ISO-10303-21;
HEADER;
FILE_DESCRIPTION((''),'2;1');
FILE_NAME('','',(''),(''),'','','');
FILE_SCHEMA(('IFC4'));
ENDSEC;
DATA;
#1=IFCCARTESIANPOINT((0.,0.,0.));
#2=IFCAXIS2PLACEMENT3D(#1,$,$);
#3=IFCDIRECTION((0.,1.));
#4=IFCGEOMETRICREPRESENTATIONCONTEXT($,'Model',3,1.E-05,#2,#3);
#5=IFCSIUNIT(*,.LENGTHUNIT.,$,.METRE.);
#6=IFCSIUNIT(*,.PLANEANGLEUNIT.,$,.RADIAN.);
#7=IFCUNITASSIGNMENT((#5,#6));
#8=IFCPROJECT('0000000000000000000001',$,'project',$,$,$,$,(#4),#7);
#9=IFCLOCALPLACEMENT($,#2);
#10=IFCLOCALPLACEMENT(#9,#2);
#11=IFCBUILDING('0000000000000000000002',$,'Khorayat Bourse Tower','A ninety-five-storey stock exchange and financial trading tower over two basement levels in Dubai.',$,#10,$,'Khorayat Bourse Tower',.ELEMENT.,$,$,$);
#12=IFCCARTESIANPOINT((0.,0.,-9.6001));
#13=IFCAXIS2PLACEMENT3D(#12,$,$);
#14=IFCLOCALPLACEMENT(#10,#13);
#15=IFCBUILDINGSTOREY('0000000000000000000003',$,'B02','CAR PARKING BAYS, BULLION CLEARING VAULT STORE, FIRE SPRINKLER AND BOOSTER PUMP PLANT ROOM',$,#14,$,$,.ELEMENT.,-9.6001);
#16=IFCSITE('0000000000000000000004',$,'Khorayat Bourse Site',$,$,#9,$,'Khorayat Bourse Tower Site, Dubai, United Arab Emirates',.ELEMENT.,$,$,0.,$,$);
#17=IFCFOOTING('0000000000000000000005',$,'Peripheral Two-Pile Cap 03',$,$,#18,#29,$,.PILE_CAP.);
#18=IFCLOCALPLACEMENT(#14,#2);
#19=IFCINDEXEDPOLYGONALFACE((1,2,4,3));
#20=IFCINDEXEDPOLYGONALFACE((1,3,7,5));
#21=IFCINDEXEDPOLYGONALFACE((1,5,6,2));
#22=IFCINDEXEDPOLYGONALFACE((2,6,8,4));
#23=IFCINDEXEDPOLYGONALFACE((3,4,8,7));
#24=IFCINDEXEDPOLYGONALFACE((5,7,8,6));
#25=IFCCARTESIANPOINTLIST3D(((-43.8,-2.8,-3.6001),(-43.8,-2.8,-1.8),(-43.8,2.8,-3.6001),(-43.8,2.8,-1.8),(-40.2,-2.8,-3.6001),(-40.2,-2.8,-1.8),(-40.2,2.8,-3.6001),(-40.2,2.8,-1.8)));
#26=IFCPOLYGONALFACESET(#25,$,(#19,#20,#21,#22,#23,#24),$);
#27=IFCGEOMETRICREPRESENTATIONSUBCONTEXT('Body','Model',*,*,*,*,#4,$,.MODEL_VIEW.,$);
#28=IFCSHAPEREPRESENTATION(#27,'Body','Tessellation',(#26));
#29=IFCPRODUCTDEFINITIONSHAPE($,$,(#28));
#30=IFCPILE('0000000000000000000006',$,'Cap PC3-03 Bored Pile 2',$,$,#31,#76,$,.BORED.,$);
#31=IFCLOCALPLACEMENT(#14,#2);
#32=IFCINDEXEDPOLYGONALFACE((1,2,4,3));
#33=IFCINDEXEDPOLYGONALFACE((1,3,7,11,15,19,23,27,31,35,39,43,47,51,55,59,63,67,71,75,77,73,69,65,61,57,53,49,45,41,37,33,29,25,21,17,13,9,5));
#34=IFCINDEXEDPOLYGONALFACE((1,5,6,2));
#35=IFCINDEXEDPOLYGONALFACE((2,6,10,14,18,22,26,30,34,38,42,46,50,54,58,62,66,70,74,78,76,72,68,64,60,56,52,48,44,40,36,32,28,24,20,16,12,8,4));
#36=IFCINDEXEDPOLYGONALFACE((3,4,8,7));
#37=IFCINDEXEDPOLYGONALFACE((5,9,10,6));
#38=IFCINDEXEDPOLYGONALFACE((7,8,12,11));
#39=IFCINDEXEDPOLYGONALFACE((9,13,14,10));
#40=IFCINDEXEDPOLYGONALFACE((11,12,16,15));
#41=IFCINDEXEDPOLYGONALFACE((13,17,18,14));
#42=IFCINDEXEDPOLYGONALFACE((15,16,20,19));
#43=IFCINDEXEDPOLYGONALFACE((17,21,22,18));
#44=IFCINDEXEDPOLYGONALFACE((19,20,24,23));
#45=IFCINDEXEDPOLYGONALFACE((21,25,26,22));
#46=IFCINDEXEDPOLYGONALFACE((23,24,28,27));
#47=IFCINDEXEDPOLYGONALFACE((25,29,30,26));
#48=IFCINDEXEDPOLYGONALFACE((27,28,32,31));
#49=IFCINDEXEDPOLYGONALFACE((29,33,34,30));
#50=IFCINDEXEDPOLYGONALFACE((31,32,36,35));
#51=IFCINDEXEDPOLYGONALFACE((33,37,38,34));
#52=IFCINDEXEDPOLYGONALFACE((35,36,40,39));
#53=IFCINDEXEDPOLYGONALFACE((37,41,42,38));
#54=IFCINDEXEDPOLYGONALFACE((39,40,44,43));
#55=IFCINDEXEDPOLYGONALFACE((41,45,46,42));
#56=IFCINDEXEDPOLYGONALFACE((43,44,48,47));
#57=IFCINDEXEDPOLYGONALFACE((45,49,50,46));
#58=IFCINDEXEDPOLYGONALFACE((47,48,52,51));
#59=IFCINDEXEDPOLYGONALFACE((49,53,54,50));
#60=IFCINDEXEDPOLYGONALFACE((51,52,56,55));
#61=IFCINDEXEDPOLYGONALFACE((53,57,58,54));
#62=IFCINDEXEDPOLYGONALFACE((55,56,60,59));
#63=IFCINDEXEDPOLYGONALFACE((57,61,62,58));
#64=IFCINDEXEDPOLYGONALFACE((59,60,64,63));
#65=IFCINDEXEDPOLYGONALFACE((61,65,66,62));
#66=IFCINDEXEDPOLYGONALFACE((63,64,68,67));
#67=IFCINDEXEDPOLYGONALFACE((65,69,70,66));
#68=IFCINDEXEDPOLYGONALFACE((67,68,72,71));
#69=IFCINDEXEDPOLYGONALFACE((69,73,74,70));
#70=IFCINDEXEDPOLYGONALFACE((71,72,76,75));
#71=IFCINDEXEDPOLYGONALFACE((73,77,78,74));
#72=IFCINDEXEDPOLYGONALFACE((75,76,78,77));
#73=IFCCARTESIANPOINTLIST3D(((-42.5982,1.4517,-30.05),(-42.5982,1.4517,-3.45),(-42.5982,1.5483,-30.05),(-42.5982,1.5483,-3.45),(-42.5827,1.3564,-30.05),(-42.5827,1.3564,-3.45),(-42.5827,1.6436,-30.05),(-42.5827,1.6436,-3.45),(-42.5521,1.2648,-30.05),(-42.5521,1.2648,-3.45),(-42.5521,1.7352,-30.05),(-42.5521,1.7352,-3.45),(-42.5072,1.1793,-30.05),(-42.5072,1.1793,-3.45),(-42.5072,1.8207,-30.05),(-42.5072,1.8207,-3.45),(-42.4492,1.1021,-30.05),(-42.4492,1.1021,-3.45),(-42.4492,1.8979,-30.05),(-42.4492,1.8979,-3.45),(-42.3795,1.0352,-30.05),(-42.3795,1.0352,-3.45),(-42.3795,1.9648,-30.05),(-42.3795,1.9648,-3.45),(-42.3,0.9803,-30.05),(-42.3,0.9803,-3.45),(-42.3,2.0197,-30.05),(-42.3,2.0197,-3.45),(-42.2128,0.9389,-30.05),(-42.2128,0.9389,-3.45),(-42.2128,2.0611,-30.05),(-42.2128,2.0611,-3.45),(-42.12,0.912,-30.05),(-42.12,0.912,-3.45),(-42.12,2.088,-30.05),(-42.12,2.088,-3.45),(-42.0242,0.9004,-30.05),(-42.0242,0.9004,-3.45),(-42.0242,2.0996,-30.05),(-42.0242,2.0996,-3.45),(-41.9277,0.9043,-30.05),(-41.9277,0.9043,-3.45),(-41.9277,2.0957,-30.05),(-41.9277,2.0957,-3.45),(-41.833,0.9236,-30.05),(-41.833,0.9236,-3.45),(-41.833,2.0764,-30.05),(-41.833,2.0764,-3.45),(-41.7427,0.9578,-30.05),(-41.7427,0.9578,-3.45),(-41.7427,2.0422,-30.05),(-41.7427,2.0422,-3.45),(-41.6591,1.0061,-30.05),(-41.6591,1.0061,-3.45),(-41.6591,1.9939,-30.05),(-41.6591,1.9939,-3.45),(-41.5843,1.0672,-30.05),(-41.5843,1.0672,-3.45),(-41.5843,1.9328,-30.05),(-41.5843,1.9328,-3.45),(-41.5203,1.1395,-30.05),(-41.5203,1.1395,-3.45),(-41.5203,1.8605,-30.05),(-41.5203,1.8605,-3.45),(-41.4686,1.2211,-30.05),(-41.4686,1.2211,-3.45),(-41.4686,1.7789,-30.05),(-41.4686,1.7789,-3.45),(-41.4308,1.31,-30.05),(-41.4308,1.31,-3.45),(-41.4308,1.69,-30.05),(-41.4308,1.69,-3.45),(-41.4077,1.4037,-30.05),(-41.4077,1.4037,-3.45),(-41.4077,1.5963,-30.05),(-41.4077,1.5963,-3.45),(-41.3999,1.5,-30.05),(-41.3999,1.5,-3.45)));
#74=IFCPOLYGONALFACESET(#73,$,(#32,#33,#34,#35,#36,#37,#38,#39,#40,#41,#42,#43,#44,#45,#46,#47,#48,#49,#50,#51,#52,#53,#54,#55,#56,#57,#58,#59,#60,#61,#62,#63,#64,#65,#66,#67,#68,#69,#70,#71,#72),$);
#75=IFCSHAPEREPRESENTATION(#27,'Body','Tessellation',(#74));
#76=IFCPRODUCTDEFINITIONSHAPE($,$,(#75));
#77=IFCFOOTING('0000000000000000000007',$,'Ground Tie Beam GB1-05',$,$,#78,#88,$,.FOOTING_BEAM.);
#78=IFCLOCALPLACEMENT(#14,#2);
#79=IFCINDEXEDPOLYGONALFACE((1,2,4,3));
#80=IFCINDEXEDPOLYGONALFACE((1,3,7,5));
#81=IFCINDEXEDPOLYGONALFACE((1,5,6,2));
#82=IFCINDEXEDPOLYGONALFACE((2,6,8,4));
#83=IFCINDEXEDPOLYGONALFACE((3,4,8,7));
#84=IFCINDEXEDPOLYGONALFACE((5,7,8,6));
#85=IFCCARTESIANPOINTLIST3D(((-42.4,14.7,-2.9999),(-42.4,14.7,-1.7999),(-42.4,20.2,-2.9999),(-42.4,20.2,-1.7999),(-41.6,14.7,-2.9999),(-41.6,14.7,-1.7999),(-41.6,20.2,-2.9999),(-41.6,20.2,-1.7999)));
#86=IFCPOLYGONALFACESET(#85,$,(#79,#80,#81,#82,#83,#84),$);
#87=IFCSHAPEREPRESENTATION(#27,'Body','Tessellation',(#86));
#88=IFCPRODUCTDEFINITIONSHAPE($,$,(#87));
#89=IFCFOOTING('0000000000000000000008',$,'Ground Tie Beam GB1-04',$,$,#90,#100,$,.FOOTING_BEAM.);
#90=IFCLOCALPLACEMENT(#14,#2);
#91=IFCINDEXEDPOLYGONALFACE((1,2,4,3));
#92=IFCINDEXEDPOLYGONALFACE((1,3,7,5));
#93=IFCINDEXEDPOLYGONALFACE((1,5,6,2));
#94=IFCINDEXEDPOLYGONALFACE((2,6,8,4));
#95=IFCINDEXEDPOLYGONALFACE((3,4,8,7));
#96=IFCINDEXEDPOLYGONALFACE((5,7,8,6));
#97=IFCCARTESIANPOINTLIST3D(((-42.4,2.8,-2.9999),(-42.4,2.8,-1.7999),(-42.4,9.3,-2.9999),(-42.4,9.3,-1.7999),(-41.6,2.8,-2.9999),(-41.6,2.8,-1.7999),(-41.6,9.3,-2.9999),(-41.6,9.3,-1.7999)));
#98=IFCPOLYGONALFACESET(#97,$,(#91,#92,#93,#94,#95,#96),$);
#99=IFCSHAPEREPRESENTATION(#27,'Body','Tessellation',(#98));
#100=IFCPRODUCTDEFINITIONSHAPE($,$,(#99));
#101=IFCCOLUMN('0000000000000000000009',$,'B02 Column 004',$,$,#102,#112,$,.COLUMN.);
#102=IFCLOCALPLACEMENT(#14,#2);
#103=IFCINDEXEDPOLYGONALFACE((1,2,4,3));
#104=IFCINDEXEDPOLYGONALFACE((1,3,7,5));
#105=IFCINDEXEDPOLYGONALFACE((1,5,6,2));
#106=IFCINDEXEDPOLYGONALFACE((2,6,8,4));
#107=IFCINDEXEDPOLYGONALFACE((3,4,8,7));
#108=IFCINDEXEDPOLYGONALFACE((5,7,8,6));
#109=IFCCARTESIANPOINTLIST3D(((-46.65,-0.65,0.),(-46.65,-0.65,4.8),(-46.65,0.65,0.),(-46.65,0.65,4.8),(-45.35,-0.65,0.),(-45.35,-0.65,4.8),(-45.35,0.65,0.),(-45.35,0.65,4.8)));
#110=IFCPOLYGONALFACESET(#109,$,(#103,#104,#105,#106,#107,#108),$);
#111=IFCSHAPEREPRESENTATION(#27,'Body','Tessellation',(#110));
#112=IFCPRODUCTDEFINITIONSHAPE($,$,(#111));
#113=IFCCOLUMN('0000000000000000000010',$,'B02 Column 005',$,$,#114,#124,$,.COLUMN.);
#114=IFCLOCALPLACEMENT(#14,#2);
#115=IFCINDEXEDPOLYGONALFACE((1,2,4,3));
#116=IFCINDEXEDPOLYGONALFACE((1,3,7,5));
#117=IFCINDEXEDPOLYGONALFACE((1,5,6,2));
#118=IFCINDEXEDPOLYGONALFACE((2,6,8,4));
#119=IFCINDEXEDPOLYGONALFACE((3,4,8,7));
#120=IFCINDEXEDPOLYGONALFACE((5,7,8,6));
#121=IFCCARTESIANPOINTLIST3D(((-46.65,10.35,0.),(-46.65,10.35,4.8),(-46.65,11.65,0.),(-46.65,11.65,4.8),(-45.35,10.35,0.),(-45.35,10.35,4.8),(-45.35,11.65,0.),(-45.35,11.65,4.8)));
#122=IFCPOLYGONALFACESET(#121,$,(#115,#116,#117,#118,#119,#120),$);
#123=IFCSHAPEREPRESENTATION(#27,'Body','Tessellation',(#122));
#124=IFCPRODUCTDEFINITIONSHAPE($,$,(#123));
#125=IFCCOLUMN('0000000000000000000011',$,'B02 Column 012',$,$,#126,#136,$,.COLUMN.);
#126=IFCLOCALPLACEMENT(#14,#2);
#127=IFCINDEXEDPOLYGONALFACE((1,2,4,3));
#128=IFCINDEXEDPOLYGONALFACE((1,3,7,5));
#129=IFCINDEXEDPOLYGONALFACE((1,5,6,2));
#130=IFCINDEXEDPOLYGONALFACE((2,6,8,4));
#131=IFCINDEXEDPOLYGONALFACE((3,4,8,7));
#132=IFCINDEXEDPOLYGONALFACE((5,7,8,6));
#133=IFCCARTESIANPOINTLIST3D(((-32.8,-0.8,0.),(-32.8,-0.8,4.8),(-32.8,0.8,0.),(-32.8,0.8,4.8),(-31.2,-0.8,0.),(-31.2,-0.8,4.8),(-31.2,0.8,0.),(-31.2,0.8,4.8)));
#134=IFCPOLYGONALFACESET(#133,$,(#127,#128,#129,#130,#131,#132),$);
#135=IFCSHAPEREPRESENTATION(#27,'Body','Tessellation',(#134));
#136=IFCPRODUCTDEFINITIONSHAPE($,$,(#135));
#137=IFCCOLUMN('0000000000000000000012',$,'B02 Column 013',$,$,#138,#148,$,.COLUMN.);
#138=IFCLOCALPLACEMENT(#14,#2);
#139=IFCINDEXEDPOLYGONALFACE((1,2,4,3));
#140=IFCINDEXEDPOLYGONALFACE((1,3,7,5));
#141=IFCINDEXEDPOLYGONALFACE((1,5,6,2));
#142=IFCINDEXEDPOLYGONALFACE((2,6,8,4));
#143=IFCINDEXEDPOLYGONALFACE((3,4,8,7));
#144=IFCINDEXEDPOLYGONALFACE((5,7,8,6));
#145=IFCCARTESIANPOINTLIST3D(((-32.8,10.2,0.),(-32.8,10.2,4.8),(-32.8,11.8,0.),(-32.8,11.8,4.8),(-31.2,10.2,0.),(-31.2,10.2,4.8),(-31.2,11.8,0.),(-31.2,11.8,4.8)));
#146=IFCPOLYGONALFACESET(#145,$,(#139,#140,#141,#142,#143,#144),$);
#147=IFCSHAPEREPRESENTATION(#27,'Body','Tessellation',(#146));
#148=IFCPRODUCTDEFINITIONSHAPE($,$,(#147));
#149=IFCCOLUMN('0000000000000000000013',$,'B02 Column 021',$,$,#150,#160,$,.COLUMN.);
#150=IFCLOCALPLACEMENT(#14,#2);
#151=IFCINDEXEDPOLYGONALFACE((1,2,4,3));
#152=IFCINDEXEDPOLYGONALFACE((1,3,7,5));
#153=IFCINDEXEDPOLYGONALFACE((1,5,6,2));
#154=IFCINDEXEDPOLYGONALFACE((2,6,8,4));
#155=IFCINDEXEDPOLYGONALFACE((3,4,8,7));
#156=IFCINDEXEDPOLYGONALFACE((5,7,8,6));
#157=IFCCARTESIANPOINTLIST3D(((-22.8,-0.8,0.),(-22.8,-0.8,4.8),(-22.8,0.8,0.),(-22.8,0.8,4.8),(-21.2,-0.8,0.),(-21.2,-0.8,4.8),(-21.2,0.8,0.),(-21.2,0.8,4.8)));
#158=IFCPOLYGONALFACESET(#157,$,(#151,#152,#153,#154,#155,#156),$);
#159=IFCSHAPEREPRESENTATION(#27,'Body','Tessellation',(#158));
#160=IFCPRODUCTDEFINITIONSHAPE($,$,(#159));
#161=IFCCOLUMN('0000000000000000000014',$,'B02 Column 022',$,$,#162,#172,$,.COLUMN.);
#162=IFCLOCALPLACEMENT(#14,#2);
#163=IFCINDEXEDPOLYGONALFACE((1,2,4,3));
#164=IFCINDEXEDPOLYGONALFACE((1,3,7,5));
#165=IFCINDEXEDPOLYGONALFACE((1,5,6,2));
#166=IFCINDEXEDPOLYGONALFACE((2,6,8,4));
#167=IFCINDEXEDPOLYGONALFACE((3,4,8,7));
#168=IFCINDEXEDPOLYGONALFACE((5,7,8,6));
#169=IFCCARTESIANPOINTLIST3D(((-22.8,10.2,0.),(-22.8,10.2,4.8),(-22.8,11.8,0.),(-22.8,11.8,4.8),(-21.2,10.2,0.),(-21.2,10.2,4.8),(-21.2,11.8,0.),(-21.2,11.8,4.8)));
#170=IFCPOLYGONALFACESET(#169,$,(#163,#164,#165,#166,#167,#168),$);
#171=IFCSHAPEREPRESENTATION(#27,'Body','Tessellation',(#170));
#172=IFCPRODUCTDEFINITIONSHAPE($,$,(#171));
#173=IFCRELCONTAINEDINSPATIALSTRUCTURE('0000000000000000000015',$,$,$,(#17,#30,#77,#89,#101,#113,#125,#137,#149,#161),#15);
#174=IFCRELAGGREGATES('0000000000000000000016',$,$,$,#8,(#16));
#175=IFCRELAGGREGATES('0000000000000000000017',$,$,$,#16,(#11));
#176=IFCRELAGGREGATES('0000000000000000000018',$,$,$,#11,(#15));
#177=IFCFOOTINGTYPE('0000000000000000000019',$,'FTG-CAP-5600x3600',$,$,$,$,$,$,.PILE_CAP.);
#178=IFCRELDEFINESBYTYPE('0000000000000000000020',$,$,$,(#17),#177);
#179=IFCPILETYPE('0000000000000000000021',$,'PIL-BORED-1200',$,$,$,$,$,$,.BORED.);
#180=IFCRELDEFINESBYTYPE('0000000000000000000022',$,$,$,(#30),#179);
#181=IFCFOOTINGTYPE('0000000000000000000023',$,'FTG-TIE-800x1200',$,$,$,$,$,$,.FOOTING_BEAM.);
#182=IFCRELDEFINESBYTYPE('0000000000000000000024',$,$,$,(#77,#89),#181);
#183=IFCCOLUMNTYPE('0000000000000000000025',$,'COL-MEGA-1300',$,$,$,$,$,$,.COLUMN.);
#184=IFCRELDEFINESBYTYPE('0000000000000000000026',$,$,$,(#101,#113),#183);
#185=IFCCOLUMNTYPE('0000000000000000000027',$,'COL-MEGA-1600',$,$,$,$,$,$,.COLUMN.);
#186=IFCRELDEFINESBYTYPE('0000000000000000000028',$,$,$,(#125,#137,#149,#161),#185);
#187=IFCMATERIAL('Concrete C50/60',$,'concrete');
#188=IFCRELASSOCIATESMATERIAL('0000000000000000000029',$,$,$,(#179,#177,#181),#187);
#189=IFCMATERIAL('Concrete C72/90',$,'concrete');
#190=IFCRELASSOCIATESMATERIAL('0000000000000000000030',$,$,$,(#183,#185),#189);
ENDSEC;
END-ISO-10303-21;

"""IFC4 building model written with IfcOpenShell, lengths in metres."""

from ifc_helpers import new_model, si_unit, direction, frame, origin, origin_2d, place, context, subcontext, project, spatial, rectangle, circle, extrude, source, transform, mapped, material, material_profile, profile_set, type_object, element, save


model = new_model("IFC4")

# Units and contexts
model_context = context("Model", 3, precision=1e-05, world=origin(), true_north=direction((0.0, 1.0)))
body_context = subcontext(model_context, "Body", "Model", "MODEL_VIEW")
ifc_project = project(units=[si_unit("LENGTHUNIT", "METRE"), si_unit("PLANEANGLEUNIT", "RADIAN")], contexts=[model_context])

# Site, building, storey
site_placement = place(None, origin())
site = spatial("IfcSite", under=ifc_project, at=site_placement, Name="Khorayat Bourse Site", LongName="Khorayat Bourse Tower Site, Dubai, United Arab Emirates", CompositionType="ELEMENT", RefElevation=0.0)
building_placement = place(site_placement, origin())
building = spatial("IfcBuilding", under=site, at=building_placement, Name="Khorayat Bourse Tower", Description="A ninety-five-storey stock exchange and financial trading tower over two basement levels in Dubai.", LongName="Khorayat Bourse Tower", CompositionType="ELEMENT")
storey_placement = place(building_placement, frame((0.0, 0.0, -9.6001)))
storey = spatial("IfcBuildingStorey", under=building, at=storey_placement, Name="B02", Description="CAR PARKING BAYS, BULLION CLEARING VAULT STORE, FIRE SPRINKLER AND BOOSTER PUMP PLANT ROOM", CompositionType="ELEMENT", Elevation=-9.6001)

# Shared definitions
ifc_material_1 = material(Name="Concrete C50/60", Category="concrete")

# Shared definitions
ifc_material_profile_1 = material_profile(ifc_material_1, circle(Radius=0.6001, at=origin_2d()), Name="BORED PILE D1200")
ifc_profile_set_1 = profile_set([ifc_material_profile_1], Name="Concrete C50/60")
pile_type_1 = type_object("IfcPileType", Name="PIL-BORED-1200", PredefinedType="BORED", material=ifc_profile_set_1)

# Footing
footing_type_1 = type_object("IfcFootingType", Name="FTG-CAP-5600x3600", PredefinedType="PILE_CAP", material=ifc_material_1)
shared_shape_1 = source(origin(), body_context, "Body", "SweptSolid", [
    extrude(rectangle(XDim=3.6001, YDim=5.6001, at=origin_2d()), origin(), (0.0, 0.0, 1.0), 1.8),
])
footing_1_placement = place(storey_placement, frame((-42.0, 0.0, -3.6001), z_axis=(0.0, 0.0, 1.0), x_axis=(1.0, 0.0, 0.0)))
element("IfcFooting", 1, at=footing_1_placement, inside=storey, type_object=footing_type_1, Name="Peripheral Two-Pile Cap 03", PredefinedType="PILE_CAP", context=body_context, shape_type="MappedRepresentation", body=[
    mapped(shared_shape_1, transform((0.0, 0.0, 0.0), scale=1.0)),
])

# Pile
shared_shape_2 = source(origin(), body_context, "Body", "SweptSolid", [
    extrude(circle(Radius=0.6001, at=origin_2d()), origin(), (0.0, 0.0, 1.0), 26.6001),
])
pile_placement = place(storey_placement, frame((-42.0, 1.5, -3.45), z_axis=(0.0, 0.0, -1.0), x_axis=(1.0, 0.0, 0.0)))
element("IfcPile", 2, at=pile_placement, inside=storey, type_object=pile_type_1, Name="Cap PC3-03 Bored Pile 2", PredefinedType="BORED", context=body_context, shape_type="MappedRepresentation", body=[
    mapped(shared_shape_2, transform((0.0, 0.0, 0.0), scale=1.0)),
])

# Footings
ifc_material_profile_2 = material_profile(ifc_material_1, rectangle(XDim=0.8, YDim=1.2, at=origin_2d()), Name="RC 800x1200")
ifc_profile_set_2 = profile_set([ifc_material_profile_2], Name="Concrete C50/60")
footing_type_2 = type_object("IfcFootingType", Name="FTG-TIE-800x1200", PredefinedType="FOOTING_BEAM", material=ifc_profile_set_2)
shared_shape_3 = source(origin(), body_context, "Body", "SweptSolid", [
    extrude(rectangle(XDim=0.8, YDim=1.2, at=origin_2d()), origin(), (0.0, 0.0, 1.0), 5.5),
])
footing_2_placement = place(storey_placement, frame((-42.0, 14.7, -2.3999), z_axis=(0.0, 1.0, 0.0), x_axis=(-1.0, 0.0, 0.0)))
element("IfcFooting", 3, at=footing_2_placement, inside=storey, type_object=footing_type_2, Name="Ground Tie Beam GB1-05", PredefinedType="FOOTING_BEAM", context=body_context, shape_type="MappedRepresentation", body=[
    mapped(shared_shape_3, transform((0.0, 0.0, 0.0), scale=1.0)),
])
shared_shape_4 = source(origin(), body_context, "Body", "SweptSolid", [
    extrude(rectangle(XDim=0.8, YDim=1.2, at=origin_2d()), origin(), (0.0, 0.0, 1.0), 6.5),
])
footing_3_placement = place(storey_placement, frame((-42.0, 2.8, -2.3999), z_axis=(0.0, 1.0, 0.0), x_axis=(-1.0, 0.0, 0.0)))
element("IfcFooting", 4, at=footing_3_placement, inside=storey, type_object=footing_type_2, Name="Ground Tie Beam GB1-04", PredefinedType="FOOTING_BEAM", context=body_context, shape_type="MappedRepresentation", body=[
    mapped(shared_shape_4, transform((0.0, 0.0, 0.0), scale=1.0)),
])

# Columns
ifc_material_2 = material(Name="Concrete C72/90", Category="concrete")
ifc_material_profile_3 = material_profile(ifc_material_2, rectangle(XDim=1.3, YDim=1.3, at=origin_2d()), Name="RC 1300x1300")
ifc_profile_set_3 = profile_set([ifc_material_profile_3], Name="Concrete C72/90")
column_type_1 = type_object("IfcColumnType", Name="COL-MEGA-1300", PredefinedType="COLUMN", material=ifc_profile_set_3)
shared_shape_5 = source(origin(), body_context, "Body", "SweptSolid", [
    extrude(rectangle(XDim=1.3, YDim=1.3, at=origin_2d()), origin(), (0.0, 0.0, 1.0), 4.8),
])
for number, where, z_axis, x_axis, name in (
    (5, (-46.0, 0.0, 0.0), (0.0, 0.0, 1.0), (1.0, 0.0, 0.0), "B02 Column 004"),
    (6, (-46.0, 11.0, 0.0), (0.0, 0.0, 1.0), (1.0, 0.0, 0.0), "B02 Column 005"),
):
    element("IfcColumn", number, at=place(storey_placement, frame(where, z_axis=z_axis, x_axis=x_axis)), inside=storey, type_object=column_type_1, Name=name, PredefinedType="COLUMN", context=body_context, shape_type="MappedRepresentation", body=[
        mapped(shared_shape_5, transform((0.0, 0.0, 0.0), scale=1.0)),
    ])
ifc_material_profile_4 = material_profile(ifc_material_2, rectangle(XDim=1.6001, YDim=1.6001, at=origin_2d()), Name="RC 1600x1600")
ifc_profile_set_4 = profile_set([ifc_material_profile_4], Name="Concrete C72/90")
column_type_2 = type_object("IfcColumnType", Name="COL-MEGA-1600", PredefinedType="COLUMN", material=ifc_profile_set_4)
shared_shape_6 = source(origin(), body_context, "Body", "SweptSolid", [
    extrude(rectangle(XDim=1.6001, YDim=1.6001, at=origin_2d()), origin(), (0.0, 0.0, 1.0), 4.8),
])
for number, where, z_axis, x_axis, name in (
    (7, (-32.0, 0.0, 0.0), (0.0, 0.0, 1.0), (1.0, 0.0, 0.0), "B02 Column 012"),
    (8, (-32.0, 11.0, 0.0), (0.0, 0.0, 1.0), (1.0, 0.0, 0.0), "B02 Column 013"),
    (9, (-22.0, 0.0, 0.0), (0.0, 0.0, 1.0), (1.0, 0.0, 0.0), "B02 Column 021"),
    (10, (-22.0, 11.0, 0.0), (0.0, 0.0, 1.0), (1.0, 0.0, 0.0), "B02 Column 022"),
):
    element("IfcColumn", number, at=place(storey_placement, frame(where, z_axis=z_axis, x_axis=x_axis)), inside=storey, type_object=column_type_2, Name=name, PredefinedType="COLUMN", context=body_context, shape_type="MappedRepresentation", body=[
        mapped(shared_shape_6, transform((0.0, 0.0, 0.0), scale=1.0)),
    ])

save(model, "model.ifc")
